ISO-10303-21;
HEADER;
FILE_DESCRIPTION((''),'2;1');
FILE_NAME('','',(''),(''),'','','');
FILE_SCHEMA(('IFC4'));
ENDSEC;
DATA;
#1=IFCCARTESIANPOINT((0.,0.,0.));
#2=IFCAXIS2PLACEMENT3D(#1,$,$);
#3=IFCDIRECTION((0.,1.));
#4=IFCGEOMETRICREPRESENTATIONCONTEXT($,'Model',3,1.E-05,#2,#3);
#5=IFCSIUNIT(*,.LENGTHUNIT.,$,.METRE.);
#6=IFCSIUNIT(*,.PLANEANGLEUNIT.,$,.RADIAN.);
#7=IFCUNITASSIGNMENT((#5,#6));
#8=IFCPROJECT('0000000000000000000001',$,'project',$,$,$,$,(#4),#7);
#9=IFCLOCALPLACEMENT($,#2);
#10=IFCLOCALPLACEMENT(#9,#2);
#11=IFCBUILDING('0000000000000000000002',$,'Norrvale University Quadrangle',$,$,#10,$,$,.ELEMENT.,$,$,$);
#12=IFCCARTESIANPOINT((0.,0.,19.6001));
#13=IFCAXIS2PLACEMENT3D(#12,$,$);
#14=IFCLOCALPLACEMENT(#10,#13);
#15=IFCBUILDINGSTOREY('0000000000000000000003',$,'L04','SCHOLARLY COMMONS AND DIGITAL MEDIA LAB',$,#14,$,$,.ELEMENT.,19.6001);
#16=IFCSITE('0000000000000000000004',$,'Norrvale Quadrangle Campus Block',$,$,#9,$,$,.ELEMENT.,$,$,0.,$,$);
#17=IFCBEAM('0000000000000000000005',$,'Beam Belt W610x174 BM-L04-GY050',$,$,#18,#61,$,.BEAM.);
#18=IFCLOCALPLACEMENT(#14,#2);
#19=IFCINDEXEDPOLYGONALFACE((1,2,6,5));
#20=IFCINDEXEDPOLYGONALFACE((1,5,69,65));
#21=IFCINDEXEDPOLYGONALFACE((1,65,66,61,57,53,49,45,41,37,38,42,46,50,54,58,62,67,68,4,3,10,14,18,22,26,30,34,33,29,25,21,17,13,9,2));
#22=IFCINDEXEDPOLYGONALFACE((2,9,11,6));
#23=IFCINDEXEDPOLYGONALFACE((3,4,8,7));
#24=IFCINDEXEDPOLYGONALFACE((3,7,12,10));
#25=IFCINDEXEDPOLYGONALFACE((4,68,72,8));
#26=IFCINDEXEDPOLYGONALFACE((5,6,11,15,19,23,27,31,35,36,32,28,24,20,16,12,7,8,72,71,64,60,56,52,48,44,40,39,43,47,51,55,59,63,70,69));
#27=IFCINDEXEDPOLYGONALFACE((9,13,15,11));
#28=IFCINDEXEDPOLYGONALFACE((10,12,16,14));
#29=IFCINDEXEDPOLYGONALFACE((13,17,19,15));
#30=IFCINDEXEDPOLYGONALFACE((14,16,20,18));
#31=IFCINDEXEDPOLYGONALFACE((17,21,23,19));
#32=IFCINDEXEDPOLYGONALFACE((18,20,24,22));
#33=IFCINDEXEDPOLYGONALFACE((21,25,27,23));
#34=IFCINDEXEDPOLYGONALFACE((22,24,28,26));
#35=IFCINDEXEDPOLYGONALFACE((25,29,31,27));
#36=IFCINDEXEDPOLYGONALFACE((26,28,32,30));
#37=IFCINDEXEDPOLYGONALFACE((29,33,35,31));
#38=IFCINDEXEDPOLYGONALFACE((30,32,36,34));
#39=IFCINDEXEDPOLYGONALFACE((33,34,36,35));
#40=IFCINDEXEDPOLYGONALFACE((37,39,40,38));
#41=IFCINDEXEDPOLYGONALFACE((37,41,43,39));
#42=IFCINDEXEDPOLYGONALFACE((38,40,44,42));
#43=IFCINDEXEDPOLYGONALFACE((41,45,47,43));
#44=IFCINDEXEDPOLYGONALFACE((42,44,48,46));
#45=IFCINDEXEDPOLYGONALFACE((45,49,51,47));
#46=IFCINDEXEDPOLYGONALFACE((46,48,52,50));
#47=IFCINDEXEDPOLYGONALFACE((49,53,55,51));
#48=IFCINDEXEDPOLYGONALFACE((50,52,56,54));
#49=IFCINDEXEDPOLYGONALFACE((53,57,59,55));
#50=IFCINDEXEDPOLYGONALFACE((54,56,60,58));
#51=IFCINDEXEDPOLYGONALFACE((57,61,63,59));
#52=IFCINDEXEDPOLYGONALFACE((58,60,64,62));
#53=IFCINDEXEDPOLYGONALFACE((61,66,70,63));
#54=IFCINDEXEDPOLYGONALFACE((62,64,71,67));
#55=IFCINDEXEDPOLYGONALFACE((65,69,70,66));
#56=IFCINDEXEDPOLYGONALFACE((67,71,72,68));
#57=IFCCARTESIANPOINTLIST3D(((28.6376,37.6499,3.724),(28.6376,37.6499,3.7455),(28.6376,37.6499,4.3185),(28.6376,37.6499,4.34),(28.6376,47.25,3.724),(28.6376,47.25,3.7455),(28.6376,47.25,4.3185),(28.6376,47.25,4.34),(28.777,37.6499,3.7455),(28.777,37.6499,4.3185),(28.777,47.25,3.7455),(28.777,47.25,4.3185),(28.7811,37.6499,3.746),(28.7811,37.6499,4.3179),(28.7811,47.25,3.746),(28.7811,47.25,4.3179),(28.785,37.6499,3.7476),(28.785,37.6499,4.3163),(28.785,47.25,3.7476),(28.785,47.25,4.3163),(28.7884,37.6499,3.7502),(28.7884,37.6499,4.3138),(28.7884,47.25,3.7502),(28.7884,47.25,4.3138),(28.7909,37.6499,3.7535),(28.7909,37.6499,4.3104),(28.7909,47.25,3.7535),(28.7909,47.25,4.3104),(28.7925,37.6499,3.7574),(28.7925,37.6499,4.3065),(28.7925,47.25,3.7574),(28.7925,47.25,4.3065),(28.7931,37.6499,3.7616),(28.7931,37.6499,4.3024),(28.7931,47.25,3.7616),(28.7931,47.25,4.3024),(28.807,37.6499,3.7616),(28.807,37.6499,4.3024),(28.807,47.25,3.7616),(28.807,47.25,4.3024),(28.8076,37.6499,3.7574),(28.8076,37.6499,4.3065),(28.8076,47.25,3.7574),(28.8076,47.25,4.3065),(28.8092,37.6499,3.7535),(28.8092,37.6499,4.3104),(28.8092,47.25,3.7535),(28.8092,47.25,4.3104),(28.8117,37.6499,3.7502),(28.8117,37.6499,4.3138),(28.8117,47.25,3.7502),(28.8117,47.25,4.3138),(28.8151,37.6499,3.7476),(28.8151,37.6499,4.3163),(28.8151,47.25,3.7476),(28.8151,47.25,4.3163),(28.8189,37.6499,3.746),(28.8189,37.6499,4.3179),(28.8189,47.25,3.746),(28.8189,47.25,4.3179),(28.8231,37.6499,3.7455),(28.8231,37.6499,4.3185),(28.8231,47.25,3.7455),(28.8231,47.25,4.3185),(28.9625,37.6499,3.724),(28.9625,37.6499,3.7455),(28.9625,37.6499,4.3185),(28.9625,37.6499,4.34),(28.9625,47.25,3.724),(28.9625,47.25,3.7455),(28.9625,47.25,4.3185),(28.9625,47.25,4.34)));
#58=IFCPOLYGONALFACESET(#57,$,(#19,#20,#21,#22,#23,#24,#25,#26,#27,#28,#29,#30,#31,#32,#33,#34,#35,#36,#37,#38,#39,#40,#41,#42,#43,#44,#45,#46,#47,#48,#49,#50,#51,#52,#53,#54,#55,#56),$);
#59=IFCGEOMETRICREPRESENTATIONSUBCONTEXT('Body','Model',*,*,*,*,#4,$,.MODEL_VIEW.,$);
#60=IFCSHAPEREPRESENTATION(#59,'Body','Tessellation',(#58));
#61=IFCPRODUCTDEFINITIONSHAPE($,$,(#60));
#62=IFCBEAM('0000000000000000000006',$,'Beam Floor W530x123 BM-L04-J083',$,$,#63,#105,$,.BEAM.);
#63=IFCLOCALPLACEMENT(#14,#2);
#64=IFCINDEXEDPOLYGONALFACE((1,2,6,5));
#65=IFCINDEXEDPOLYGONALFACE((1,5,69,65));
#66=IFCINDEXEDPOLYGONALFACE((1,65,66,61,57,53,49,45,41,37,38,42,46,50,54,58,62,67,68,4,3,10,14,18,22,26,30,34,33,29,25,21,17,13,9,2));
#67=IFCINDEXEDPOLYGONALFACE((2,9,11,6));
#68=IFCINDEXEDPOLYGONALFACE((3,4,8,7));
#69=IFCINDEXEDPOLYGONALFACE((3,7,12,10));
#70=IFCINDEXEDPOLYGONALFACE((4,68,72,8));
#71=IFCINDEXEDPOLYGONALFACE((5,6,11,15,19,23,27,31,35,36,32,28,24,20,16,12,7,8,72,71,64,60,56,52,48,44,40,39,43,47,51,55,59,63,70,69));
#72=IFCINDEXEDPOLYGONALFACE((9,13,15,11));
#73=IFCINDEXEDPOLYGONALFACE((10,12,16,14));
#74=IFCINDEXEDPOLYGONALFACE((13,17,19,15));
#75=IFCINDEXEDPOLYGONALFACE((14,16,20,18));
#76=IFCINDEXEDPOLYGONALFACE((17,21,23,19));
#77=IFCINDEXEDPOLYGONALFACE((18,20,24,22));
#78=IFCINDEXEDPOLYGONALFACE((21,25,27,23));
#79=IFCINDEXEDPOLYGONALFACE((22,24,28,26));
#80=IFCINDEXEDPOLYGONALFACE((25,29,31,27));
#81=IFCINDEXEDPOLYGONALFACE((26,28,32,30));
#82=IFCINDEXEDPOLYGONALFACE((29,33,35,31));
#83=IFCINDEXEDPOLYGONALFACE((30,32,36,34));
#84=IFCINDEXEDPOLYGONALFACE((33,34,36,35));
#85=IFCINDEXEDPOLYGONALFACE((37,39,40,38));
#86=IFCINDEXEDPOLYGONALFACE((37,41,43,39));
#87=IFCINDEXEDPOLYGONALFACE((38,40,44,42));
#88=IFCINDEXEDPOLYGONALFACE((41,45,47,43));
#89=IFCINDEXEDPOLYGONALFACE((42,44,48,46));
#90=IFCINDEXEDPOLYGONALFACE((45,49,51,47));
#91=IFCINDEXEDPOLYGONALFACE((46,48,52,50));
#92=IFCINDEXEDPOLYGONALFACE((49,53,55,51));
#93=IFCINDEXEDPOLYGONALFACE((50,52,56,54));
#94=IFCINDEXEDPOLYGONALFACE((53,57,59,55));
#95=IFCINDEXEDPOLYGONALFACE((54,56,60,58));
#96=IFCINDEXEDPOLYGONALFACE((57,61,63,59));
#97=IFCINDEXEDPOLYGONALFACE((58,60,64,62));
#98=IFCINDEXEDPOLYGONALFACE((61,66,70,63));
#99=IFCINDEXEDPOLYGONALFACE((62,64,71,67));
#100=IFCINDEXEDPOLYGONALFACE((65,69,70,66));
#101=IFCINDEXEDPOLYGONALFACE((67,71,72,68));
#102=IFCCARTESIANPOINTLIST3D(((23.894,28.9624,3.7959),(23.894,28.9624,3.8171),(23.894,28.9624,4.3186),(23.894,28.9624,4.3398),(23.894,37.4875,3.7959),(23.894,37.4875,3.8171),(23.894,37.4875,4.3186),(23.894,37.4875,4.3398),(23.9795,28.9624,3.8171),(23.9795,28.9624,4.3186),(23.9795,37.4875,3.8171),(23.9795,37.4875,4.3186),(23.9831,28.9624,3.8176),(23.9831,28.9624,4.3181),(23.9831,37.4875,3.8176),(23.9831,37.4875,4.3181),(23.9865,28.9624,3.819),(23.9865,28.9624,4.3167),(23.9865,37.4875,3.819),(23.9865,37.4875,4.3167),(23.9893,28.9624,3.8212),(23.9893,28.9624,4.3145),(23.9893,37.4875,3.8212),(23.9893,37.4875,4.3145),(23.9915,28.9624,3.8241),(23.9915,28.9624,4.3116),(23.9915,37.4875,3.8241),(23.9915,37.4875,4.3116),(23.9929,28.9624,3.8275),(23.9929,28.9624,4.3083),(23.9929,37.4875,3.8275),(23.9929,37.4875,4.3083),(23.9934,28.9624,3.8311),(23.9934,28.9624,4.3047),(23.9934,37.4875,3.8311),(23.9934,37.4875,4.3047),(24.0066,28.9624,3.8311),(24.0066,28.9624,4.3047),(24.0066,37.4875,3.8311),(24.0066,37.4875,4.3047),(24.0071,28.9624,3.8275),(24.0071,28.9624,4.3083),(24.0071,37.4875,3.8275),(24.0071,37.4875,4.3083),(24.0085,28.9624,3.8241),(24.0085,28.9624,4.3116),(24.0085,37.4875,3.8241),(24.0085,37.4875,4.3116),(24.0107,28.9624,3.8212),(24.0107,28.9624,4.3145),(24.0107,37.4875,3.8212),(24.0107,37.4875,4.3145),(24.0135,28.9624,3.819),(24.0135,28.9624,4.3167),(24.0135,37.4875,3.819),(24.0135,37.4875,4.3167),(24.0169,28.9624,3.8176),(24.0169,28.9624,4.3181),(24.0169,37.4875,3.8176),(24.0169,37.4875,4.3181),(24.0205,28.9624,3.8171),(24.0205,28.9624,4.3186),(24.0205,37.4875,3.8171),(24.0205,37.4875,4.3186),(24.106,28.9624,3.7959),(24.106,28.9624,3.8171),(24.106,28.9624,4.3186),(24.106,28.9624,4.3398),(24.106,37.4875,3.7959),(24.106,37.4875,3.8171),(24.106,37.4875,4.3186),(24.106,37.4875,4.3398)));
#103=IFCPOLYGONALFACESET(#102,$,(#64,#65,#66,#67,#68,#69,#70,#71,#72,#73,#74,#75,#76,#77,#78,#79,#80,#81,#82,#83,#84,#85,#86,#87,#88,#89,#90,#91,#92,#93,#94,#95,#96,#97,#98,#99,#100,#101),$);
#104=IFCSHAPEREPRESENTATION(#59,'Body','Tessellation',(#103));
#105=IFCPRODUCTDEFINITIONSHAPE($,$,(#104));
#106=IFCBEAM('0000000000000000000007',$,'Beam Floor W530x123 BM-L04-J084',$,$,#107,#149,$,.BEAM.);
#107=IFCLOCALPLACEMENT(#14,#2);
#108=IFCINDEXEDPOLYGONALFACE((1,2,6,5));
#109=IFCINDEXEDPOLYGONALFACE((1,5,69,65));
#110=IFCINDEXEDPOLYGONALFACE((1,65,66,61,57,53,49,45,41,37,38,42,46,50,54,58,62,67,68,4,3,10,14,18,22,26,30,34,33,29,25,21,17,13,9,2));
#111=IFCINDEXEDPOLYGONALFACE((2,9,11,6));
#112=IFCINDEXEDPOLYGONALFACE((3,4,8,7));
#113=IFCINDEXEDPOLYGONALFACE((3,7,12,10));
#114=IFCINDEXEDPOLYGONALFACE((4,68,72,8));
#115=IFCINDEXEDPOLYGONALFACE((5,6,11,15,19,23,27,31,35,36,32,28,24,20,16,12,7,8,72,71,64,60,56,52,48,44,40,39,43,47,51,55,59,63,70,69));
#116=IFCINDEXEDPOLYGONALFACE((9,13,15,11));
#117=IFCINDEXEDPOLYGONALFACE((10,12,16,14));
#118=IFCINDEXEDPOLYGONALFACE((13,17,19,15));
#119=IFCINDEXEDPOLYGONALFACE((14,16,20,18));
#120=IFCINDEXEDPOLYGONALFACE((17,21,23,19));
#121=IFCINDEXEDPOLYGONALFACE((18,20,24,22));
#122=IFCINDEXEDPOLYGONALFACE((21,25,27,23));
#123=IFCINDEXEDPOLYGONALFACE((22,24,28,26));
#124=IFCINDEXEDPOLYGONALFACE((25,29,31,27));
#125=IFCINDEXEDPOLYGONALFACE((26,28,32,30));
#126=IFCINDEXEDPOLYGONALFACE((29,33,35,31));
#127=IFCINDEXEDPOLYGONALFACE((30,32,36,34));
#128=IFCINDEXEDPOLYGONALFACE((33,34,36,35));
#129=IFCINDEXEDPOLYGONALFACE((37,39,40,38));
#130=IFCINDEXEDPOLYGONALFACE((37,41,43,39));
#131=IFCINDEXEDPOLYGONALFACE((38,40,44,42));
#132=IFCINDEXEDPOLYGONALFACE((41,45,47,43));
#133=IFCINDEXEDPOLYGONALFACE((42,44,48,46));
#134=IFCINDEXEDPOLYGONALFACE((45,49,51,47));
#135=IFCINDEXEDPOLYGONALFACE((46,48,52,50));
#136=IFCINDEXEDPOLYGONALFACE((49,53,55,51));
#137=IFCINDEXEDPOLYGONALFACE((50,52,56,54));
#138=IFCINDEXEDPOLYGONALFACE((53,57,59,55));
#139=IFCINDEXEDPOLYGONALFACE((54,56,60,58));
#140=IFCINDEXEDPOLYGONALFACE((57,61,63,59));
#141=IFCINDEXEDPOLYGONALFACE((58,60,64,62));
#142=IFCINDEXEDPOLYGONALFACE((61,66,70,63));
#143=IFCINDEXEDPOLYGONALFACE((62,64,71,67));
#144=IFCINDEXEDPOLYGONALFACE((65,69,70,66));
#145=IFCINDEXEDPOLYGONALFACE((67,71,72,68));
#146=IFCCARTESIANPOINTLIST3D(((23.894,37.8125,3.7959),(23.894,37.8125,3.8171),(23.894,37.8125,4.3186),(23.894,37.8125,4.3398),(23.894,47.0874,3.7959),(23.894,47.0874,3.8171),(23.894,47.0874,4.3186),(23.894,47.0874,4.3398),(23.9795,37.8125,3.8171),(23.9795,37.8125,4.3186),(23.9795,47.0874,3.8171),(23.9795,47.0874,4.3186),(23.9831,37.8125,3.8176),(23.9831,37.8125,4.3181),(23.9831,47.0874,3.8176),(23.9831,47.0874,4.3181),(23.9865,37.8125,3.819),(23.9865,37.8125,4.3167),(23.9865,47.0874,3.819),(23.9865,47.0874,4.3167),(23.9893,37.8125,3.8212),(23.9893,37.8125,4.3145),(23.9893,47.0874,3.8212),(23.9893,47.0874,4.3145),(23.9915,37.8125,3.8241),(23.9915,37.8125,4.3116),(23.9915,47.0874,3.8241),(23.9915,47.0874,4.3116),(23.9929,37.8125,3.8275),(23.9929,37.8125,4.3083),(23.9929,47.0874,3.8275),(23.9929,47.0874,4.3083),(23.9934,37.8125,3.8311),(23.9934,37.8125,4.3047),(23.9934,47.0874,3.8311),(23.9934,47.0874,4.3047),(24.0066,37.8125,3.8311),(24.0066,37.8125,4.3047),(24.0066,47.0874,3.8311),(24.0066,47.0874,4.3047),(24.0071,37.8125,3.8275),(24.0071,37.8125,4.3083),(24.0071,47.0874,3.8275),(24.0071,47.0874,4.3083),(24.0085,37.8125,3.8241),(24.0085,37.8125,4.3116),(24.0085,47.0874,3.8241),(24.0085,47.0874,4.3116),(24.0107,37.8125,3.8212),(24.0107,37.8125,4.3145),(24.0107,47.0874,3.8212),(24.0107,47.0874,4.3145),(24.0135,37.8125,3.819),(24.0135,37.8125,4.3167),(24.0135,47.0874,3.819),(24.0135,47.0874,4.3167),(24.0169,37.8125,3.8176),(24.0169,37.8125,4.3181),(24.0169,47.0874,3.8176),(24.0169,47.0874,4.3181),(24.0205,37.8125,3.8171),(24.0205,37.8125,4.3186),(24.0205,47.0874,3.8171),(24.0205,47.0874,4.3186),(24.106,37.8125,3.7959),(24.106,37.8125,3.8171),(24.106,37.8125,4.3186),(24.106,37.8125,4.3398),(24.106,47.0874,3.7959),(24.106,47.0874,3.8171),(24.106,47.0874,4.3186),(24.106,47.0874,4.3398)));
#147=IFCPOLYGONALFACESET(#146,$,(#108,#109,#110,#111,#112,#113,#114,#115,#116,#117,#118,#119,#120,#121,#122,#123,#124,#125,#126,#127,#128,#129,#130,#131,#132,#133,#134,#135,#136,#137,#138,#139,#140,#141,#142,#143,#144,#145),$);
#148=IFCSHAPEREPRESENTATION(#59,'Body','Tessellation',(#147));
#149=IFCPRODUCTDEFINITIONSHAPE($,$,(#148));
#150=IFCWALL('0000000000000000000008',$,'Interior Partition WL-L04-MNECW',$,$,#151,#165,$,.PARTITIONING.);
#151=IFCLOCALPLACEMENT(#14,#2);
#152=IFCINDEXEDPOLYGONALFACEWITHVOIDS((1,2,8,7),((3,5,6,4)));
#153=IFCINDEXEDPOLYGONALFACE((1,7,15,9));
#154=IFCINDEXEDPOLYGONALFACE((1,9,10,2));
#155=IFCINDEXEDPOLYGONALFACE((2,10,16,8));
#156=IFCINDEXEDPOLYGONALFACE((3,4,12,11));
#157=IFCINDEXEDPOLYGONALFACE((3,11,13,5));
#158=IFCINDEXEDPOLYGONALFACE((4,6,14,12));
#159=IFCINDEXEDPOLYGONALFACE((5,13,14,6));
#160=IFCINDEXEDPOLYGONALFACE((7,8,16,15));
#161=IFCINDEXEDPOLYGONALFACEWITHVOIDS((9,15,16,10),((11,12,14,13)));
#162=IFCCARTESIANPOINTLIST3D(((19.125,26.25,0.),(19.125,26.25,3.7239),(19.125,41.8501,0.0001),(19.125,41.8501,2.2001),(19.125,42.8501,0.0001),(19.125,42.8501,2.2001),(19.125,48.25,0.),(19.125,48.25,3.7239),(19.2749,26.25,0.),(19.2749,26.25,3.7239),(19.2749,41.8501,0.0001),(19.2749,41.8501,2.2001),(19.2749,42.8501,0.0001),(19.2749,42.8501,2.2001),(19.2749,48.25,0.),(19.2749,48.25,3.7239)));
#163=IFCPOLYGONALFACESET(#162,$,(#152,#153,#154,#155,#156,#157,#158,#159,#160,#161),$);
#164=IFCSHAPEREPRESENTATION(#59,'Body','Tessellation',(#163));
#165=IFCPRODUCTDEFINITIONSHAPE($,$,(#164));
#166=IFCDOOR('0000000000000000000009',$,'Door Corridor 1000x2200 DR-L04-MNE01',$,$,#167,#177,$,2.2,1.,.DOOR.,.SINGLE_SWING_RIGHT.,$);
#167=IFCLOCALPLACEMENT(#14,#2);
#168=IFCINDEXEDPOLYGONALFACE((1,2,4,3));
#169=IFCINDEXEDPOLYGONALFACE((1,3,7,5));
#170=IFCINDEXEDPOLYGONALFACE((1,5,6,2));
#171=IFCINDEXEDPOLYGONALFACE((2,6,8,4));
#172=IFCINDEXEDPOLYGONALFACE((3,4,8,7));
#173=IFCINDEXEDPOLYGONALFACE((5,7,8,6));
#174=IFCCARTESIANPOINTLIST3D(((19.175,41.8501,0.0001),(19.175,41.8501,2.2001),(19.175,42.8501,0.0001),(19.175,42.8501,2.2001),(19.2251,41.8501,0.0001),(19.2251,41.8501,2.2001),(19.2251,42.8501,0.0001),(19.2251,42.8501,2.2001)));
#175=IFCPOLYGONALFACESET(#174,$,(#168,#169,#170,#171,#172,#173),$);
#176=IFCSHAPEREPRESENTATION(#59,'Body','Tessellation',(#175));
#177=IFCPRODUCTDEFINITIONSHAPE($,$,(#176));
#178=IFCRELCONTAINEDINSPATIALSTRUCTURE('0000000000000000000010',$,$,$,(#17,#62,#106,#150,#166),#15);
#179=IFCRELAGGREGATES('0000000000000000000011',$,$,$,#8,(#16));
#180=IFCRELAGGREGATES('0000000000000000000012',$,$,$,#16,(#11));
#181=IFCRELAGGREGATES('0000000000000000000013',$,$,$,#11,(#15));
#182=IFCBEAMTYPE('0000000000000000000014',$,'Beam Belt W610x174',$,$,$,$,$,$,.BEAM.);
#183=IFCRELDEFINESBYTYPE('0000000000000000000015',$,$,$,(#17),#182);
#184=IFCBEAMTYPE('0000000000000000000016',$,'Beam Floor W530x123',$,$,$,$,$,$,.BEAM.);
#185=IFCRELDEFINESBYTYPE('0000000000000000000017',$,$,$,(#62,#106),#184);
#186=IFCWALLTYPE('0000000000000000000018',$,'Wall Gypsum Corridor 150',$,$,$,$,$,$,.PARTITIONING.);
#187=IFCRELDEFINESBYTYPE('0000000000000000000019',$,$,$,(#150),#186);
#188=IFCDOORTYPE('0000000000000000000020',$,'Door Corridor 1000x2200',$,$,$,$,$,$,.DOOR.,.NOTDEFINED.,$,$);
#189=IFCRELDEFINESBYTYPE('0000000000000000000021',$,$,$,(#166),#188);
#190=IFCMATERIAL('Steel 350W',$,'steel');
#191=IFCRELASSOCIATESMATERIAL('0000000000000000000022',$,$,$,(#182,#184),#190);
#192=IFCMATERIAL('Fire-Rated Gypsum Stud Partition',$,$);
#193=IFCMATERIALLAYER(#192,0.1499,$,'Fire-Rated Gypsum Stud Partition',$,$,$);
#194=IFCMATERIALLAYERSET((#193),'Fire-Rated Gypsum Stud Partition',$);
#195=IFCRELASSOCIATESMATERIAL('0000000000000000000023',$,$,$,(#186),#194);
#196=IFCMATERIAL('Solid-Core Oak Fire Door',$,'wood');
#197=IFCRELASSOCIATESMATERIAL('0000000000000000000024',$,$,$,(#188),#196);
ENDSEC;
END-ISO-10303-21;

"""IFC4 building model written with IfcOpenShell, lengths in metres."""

from ifc_helpers import new_model, si_unit, direction, frame, frame_2d, origin, origin_2d, place, context, subcontext, project, spatial, rectangle, i_section, extrude, material, layer, layer_set, material_profile, profile_set, type_object, element, fill, save


model = new_model("IFC4")

# Units and contexts
model_context = context("Model", 3, precision=1e-05, world=origin(), true_north=direction((0.0, 1.0)))
body_context = subcontext(model_context, "Body", "Model", "MODEL_VIEW")
ifc_project = project(units=[si_unit("LENGTHUNIT", "METRE"), si_unit("PLANEANGLEUNIT", "RADIAN")], contexts=[model_context])

# Site, building, storey
site_placement = place(None, origin())
site = spatial("IfcSite", under=ifc_project, at=site_placement, Name="Norrvale Quadrangle Campus Block", CompositionType="ELEMENT", RefElevation=0.0)
building_placement = place(site_placement, origin())
building = spatial("IfcBuilding", under=site, at=building_placement, Name="Norrvale University Quadrangle", CompositionType="ELEMENT")
storey_placement = place(building_placement, frame((0.0, 0.0, 19.6001)))
storey = spatial("IfcBuildingStorey", under=building, at=storey_placement, Name="L04", Description="SCHOLARLY COMMONS AND DIGITAL MEDIA LAB", CompositionType="ELEMENT", Elevation=19.6001)

# Beams
ifc_material_1 = material(Name="Steel 350W", Category="steel")
ifc_material_profile_1 = material_profile(ifc_material_1, i_section(OverallWidth=0.325, OverallDepth=0.616, WebThickness=0.0139, FlangeThickness=0.0215, FilletRadius=0.0161, at=origin_2d()), Name="Steel 350W")
ifc_profile_set_1 = profile_set([ifc_material_profile_1], Name="Steel 350W")
beam_type_1 = type_object("IfcBeamType", Name="Beam Belt W610x174", PredefinedType="BEAM", material=ifc_profile_set_1)
beam_1_placement = place(storey_placement, frame((28.8, 37.6499, 4.032), z_axis=(0.0, 1.0, 0.0), x_axis=(-1.0, 0.0, 0.0)))
element("IfcBeam", 1, at=beam_1_placement, inside=storey, type_object=beam_type_1, Name="Beam Belt W610x174 BM-L04-GY050", PredefinedType="BEAM", context=body_context, shape_type="SweptSolid", body=[
    extrude(i_section(OverallWidth=0.325, OverallDepth=0.616, WebThickness=0.0139, FlangeThickness=0.0215, FilletRadius=0.0161, at=origin_2d()), origin(), (0.0, 0.0, 1.0), 9.6001),
])
ifc_material_profile_2 = material_profile(ifc_material_1, i_section(OverallWidth=0.2119, OverallDepth=0.5439, WebThickness=0.0132, FlangeThickness=0.0212, FilletRadius=0.0139, at=origin_2d()), Name="Steel 350W")
ifc_profile_set_2 = profile_set([ifc_material_profile_2], Name="Steel 350W")
beam_type_2 = type_object("IfcBeamType", Name="Beam Floor W530x123", PredefinedType="BEAM", material=ifc_profile_set_2)
beam_2_placement = place(storey_placement, frame((24.0, 28.9624, 4.0679), z_axis=(0.0, 1.0, 0.0), x_axis=(-1.0, 0.0, 0.0)))
element("IfcBeam", 2, at=beam_2_placement, inside=storey, type_object=beam_type_2, Name="Beam Floor W530x123 BM-L04-J083", PredefinedType="BEAM", context=body_context, shape_type="SweptSolid", body=[
    extrude(i_section(OverallWidth=0.2119, OverallDepth=0.5439, WebThickness=0.0132, FlangeThickness=0.0212, FilletRadius=0.0139, at=origin_2d()), origin(), (0.0, 0.0, 1.0), 8.5251),
])
beam_3_placement = place(storey_placement, frame((24.0, 37.8125, 4.0679), z_axis=(0.0, 1.0, 0.0), x_axis=(-1.0, 0.0, 0.0)))
element("IfcBeam", 3, at=beam_3_placement, inside=storey, type_object=beam_type_2, Name="Beam Floor W530x123 BM-L04-J084", PredefinedType="BEAM", context=body_context, shape_type="SweptSolid", body=[
    extrude(i_section(OverallWidth=0.2119, OverallDepth=0.5439, WebThickness=0.0132, FlangeThickness=0.0212, FilletRadius=0.0139, at=origin_2d()), origin(), (0.0, 0.0, 1.0), 9.2749),
])

# Wall, opening, door
ifc_material_2 = material(Name="Fire-Rated Gypsum Stud Partition")
ifc_layer_1 = layer(ifc_material_2, 0.1499, Name="Fire-Rated Gypsum Stud Partition")
ifc_layer_set_1 = layer_set([ifc_layer_1], Name="Fire-Rated Gypsum Stud Partition")
wall_type = type_object("IfcWallType", Name="Wall Gypsum Corridor 150", PredefinedType="PARTITIONING", material=ifc_layer_set_1)
wall_placement = place(storey_placement, frame((19.2, 26.25, 0.0), z_axis=(0.0, 0.0, 1.0), x_axis=(0.0, 1.0, 0.0)))
wall = element("IfcWall", 4, at=wall_placement, inside=storey, type_object=wall_type, Name="Interior Partition WL-L04-MNECW", PredefinedType="PARTITIONING", context=body_context, shape_type="SweptSolid", body=[
    extrude(rectangle(XDim=22.0, YDim=0.1499, at=frame_2d((11.0, 0.0))), origin(), (0.0, 0.0, 1.0), 3.7239),
])
opening_placement = place(wall_placement, frame((15.6001, 0.0, 0.0)))
opening = element("IfcOpeningElement", 5, at=opening_placement, cuts=wall, PredefinedType="OPENING", context=body_context, shape_type="SweptSolid", body=[
    extrude(rectangle(XDim=1.0, YDim=2.2, at=frame_2d((0.5, 1.1001))), frame((0.0, 0.0869, 0.0), z_axis=(0.0, -1.0, 0.0), x_axis=(1.0, 0.0, 0.0)), (0.0, 0.0, 1.0), 0.1738),
])
ifc_material_3 = material(Name="Solid-Core Oak Fire Door", Category="wood")
door_type = type_object("IfcDoorType", Name="Door Corridor 1000x2200", OperationType="NOTDEFINED", PredefinedType="DOOR", material=ifc_material_3)
door_placement = place(opening_placement, origin())
door = element("IfcDoor", 6, at=door_placement, inside=storey, type_object=door_type, Name="Door Corridor 1000x2200 DR-L04-MNE01", OperationType="SINGLE_SWING_RIGHT", OverallHeight=2.2, OverallWidth=1.0, PredefinedType="DOOR", context=body_context, shape_type="SweptSolid", body=[
    extrude(rectangle(XDim=1.0, YDim=2.2, at=frame_2d((0.5, 1.1001))), frame((0.0, 0.0249, 0.0), z_axis=(0.0, -1.0, 0.0), x_axis=(1.0, 0.0, 0.0)), (0.0, 0.0, 1.0), 0.05),
])
fill(opening, door)

save(model, "model.ifc")
